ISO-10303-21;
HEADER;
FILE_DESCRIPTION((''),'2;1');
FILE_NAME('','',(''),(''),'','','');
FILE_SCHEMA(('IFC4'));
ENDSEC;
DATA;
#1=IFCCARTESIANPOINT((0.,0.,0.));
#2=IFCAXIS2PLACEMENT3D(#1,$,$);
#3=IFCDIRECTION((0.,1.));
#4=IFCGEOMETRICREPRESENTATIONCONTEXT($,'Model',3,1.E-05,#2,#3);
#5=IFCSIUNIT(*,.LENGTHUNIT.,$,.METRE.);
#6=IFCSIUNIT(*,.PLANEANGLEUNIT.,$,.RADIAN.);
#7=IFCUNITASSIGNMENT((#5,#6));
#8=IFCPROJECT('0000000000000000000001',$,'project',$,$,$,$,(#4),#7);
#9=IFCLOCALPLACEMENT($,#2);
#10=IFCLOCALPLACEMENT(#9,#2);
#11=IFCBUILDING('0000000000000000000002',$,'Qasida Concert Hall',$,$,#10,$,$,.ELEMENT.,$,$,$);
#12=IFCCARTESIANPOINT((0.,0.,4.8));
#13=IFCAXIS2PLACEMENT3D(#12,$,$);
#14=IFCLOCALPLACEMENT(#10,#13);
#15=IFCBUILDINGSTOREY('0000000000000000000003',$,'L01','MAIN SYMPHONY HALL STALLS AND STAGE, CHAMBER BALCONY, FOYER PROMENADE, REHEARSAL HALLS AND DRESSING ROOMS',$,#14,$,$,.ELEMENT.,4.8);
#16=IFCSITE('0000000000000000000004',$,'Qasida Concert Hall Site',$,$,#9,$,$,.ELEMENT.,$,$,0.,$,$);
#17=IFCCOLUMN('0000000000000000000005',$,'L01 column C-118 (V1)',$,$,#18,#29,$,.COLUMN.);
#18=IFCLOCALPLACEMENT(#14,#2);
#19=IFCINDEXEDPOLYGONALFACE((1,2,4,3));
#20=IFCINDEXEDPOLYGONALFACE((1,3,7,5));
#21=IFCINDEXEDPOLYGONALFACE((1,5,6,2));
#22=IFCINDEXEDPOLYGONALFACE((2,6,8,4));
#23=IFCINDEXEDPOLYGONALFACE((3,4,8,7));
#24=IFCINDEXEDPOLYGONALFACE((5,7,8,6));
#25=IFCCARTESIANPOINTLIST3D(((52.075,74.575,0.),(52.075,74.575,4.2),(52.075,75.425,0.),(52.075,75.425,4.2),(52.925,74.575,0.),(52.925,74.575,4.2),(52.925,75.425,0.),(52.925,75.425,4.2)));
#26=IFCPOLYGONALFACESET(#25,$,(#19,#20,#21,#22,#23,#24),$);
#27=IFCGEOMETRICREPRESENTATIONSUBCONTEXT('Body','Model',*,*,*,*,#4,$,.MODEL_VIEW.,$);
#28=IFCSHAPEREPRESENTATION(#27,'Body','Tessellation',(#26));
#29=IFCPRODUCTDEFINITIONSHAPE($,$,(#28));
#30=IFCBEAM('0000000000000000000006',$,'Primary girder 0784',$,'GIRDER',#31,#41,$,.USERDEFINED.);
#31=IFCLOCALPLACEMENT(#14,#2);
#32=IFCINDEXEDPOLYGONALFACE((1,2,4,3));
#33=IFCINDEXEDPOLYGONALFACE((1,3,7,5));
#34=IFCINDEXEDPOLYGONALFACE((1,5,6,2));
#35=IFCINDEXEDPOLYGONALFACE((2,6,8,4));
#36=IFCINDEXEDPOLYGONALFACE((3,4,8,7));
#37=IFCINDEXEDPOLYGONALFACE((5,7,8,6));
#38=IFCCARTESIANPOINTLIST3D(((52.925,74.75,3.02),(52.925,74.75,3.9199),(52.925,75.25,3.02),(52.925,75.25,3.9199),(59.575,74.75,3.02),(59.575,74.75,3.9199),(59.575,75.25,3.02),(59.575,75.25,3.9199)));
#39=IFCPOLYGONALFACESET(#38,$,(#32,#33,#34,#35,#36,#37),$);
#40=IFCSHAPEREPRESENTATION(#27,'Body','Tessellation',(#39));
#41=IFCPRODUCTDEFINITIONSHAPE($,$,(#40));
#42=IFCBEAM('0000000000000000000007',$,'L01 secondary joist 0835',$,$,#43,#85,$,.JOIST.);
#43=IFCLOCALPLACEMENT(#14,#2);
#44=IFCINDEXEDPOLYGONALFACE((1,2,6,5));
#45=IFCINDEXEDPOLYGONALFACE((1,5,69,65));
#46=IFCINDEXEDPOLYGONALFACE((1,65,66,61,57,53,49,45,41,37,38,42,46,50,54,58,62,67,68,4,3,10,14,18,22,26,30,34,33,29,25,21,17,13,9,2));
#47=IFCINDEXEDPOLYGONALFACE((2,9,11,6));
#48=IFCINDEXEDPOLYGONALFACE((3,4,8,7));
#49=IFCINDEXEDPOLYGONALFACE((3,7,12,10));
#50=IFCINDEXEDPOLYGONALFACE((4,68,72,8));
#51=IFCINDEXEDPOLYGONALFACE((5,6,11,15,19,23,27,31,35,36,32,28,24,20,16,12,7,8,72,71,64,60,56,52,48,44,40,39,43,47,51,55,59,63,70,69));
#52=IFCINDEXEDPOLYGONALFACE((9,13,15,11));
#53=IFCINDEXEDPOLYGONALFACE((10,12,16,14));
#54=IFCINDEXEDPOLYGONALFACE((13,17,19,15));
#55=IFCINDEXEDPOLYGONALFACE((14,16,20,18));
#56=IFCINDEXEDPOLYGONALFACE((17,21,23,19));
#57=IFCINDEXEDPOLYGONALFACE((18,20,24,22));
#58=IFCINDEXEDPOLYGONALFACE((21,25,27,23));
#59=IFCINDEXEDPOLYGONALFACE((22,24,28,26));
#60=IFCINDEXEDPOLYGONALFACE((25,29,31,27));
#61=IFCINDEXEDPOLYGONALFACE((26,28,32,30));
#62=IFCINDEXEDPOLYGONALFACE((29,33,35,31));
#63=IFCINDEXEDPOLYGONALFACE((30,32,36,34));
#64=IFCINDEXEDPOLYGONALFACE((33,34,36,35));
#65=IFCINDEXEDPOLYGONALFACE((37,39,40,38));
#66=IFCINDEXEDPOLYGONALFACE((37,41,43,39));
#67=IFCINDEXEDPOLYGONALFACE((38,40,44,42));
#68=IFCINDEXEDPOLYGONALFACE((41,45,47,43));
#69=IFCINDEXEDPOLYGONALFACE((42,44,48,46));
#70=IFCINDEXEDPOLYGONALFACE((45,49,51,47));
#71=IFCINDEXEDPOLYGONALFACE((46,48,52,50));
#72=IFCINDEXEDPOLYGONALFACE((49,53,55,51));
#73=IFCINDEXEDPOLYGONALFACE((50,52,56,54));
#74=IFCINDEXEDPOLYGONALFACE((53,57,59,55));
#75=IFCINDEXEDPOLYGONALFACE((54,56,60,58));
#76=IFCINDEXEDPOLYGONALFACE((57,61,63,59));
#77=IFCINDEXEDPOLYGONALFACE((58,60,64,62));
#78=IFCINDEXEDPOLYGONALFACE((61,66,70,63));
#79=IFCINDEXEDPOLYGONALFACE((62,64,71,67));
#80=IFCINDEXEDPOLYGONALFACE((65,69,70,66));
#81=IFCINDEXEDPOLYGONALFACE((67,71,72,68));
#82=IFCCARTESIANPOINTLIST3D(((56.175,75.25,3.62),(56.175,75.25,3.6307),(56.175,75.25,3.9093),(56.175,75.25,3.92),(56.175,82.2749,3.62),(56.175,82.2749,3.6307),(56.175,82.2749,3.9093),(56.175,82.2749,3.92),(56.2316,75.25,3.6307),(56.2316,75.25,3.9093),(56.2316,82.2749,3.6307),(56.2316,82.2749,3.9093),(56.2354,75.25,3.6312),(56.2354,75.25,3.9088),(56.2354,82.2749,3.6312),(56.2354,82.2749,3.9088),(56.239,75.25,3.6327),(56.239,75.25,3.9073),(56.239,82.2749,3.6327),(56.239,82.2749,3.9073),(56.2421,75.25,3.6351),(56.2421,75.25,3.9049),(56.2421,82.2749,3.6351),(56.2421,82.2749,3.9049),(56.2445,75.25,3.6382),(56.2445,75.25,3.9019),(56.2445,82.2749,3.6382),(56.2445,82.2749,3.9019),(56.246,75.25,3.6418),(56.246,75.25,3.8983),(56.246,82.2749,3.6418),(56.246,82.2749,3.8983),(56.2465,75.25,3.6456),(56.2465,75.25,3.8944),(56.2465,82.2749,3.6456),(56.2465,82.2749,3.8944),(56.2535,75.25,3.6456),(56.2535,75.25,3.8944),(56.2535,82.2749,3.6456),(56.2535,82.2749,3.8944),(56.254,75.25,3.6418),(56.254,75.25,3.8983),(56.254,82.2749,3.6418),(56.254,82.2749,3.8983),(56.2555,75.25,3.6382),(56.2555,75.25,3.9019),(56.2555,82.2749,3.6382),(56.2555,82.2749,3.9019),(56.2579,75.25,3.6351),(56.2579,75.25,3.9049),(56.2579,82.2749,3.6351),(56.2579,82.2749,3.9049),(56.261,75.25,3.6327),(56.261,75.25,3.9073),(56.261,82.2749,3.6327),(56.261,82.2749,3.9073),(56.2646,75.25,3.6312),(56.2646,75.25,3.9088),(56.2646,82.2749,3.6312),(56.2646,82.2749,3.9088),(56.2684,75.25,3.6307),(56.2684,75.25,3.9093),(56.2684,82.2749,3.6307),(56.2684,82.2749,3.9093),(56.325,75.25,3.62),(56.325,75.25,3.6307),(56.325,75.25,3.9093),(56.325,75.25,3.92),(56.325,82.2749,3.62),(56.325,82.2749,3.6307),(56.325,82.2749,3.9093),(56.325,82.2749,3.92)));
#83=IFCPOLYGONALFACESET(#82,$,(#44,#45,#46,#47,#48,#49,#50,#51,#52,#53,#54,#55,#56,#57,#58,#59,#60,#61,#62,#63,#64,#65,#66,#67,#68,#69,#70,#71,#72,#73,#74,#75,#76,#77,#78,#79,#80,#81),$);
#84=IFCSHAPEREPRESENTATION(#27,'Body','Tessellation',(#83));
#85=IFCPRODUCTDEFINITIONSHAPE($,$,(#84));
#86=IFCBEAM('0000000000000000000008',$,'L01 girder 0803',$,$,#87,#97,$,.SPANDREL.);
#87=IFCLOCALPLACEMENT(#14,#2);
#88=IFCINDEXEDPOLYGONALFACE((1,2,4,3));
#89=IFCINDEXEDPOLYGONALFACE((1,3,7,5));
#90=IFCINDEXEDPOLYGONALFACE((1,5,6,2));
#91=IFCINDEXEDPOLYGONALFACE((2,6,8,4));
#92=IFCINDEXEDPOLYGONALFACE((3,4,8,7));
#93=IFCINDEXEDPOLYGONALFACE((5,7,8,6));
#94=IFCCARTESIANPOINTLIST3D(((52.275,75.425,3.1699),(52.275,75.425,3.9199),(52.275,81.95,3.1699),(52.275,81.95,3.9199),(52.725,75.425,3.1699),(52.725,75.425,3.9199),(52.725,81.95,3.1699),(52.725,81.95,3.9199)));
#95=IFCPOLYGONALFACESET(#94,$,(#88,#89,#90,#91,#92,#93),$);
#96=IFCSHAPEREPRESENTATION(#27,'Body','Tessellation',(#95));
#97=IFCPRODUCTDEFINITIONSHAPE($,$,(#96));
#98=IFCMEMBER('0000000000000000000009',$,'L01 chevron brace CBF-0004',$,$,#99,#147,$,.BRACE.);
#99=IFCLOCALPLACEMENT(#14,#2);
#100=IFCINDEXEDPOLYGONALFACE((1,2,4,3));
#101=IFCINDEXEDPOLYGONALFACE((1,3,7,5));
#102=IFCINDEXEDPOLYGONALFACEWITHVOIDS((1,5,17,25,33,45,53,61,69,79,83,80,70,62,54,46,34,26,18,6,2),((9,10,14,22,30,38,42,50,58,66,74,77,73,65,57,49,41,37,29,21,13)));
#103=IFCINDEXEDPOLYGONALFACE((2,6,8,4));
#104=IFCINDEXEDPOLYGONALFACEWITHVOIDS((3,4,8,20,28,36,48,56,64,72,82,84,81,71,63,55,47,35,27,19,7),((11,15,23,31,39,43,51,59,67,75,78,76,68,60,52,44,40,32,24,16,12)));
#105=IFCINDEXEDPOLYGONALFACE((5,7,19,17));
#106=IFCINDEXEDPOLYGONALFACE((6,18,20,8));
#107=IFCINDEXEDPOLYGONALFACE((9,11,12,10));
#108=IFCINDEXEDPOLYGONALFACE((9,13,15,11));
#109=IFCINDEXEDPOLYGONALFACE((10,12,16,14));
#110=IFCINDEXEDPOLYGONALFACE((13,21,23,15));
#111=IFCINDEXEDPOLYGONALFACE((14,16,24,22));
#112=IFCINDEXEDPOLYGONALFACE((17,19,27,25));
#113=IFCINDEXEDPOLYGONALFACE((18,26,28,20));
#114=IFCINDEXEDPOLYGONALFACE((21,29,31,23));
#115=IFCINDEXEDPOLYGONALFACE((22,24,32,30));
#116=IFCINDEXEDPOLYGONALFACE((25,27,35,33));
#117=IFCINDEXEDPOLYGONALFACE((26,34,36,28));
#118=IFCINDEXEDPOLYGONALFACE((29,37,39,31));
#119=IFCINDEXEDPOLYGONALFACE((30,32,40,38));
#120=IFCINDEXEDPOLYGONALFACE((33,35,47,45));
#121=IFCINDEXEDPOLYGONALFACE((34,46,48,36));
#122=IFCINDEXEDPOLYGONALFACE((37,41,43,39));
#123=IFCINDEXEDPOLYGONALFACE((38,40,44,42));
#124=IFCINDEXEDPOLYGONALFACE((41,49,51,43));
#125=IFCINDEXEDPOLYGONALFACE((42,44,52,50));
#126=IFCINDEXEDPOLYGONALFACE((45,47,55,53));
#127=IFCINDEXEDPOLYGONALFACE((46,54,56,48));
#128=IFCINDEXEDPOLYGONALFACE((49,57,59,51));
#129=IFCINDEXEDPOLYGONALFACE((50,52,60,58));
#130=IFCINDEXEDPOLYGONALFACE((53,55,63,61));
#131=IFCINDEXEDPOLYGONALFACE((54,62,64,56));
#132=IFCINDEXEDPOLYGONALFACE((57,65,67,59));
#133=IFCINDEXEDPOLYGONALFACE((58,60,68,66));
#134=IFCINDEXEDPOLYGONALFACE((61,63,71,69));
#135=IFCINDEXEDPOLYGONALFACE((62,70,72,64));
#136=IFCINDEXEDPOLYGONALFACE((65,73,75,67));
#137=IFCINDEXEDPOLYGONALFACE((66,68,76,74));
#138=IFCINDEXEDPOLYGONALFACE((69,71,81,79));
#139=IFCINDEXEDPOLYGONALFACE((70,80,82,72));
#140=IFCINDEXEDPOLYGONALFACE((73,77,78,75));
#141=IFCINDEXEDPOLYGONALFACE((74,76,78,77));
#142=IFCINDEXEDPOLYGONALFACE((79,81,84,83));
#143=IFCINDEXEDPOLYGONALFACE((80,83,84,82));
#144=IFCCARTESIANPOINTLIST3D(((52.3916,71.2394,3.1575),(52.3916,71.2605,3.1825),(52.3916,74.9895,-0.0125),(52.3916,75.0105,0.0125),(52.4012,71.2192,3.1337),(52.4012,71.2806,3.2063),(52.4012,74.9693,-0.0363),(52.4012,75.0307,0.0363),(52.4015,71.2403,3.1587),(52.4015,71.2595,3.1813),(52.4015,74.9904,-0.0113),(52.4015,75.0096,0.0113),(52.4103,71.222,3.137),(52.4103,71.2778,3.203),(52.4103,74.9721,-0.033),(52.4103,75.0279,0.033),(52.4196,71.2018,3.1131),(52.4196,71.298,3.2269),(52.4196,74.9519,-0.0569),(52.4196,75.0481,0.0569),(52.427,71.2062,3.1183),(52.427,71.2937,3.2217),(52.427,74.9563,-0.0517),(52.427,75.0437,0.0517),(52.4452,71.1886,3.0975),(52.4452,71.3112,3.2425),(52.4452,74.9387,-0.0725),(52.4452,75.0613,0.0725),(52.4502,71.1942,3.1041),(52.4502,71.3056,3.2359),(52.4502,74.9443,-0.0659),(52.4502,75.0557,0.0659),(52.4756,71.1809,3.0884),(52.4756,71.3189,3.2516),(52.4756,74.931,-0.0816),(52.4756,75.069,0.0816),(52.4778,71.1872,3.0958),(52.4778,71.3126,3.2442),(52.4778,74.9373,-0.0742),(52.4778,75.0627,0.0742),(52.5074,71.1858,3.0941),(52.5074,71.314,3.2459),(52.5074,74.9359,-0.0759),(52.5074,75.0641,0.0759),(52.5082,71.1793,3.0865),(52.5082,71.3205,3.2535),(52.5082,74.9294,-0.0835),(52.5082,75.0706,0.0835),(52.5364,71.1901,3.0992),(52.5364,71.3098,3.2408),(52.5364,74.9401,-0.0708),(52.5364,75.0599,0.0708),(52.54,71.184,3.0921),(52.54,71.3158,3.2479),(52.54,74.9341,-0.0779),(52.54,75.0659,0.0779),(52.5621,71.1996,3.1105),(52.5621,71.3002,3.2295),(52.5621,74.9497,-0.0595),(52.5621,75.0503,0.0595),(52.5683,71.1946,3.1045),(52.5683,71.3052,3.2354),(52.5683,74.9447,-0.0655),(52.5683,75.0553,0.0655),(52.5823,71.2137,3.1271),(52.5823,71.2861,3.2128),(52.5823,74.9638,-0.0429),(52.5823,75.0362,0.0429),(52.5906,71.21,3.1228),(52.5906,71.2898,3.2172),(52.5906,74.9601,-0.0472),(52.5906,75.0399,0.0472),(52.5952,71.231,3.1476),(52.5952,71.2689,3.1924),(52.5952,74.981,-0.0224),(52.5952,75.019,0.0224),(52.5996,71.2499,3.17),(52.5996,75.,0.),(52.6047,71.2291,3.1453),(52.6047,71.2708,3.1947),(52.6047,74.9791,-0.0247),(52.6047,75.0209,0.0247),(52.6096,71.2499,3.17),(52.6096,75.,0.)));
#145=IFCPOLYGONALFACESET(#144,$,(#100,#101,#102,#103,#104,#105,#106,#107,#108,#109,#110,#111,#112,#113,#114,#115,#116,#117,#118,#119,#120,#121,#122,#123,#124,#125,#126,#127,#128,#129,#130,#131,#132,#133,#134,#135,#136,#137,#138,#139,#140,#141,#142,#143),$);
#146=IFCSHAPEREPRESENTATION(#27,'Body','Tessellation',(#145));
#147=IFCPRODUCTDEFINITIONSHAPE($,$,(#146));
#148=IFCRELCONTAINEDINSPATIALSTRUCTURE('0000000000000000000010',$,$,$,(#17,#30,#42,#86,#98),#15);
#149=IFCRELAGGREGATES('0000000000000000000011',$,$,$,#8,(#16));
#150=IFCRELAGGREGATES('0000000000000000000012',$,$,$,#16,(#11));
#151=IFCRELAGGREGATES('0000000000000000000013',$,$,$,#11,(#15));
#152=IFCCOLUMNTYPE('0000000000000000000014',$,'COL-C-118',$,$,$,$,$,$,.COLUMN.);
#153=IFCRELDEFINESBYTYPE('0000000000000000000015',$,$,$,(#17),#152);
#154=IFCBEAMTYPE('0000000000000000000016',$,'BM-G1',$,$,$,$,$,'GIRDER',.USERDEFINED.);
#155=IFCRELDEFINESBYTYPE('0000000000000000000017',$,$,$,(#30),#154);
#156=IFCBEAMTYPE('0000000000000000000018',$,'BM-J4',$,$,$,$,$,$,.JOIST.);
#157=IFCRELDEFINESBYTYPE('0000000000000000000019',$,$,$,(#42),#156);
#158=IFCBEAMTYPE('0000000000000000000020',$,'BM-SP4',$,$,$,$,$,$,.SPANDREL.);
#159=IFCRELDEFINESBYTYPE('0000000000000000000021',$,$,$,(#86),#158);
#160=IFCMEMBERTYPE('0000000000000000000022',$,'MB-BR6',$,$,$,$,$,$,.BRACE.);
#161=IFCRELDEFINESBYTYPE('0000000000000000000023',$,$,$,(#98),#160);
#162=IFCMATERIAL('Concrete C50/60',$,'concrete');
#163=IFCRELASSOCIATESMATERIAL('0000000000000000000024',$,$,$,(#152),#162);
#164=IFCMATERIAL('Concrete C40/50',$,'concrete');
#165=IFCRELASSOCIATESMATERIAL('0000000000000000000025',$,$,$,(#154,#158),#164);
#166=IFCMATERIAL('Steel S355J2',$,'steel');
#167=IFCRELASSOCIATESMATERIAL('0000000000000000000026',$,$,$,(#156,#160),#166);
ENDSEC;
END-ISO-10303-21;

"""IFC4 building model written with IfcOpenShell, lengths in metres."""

from ifc_helpers import new_model, si_unit, direction, frame, origin, origin_2d, place, context, subcontext, project, spatial, rectangle, hollow_circle, i_section, extrude, material, material_profile, profile_set, type_object, element, save


model = new_model("IFC4")

# Units and contexts
model_context = context("Model", 3, precision=1e-05, world=origin(), true_north=direction((0.0, 1.0)))
body_context = subcontext(model_context, "Body", "Model", "MODEL_VIEW")
ifc_project = project(units=[si_unit("LENGTHUNIT", "METRE"), si_unit("PLANEANGLEUNIT", "RADIAN")], contexts=[model_context])

# Site, building, storey
site_placement = place(None, origin())
site = spatial("IfcSite", under=ifc_project, at=site_placement, Name="Qasida Concert Hall Site", CompositionType="ELEMENT", RefElevation=0.0)
building_placement = place(site_placement, origin())
building = spatial("IfcBuilding", under=site, at=building_placement, Name="Qasida Concert Hall", CompositionType="ELEMENT")
storey_placement = place(building_placement, frame((0.0, 0.0, 4.8)))
storey = spatial("IfcBuildingStorey", under=building, at=storey_placement, Name="L01", Description="MAIN SYMPHONY HALL STALLS AND STAGE, CHAMBER BALCONY, FOYER PROMENADE, REHEARSAL HALLS AND DRESSING ROOMS", CompositionType="ELEMENT", Elevation=4.8)

# Column
ifc_material_1 = material(Name="Concrete C50/60", Category="concrete")
ifc_material_profile_1 = material_profile(ifc_material_1, rectangle(XDim=0.8501, YDim=0.8501, at=origin_2d()), Name="RC 850x850")
ifc_profile_set_1 = profile_set([ifc_material_profile_1], Name="Concrete C50/60")
column_type = type_object("IfcColumnType", Name="COL-C-118", PredefinedType="COLUMN", material=ifc_profile_set_1)
column_placement = place(storey_placement, frame((52.5, 75.0, 0.0), z_axis=(0.0, 0.0, 1.0), x_axis=(1.0, 0.0, 0.0)))
element("IfcColumn", 1, at=column_placement, inside=storey, type_object=column_type, Name="L01 column C-118 (V1)", PredefinedType="COLUMN", context=body_context, shape_type="SweptSolid", body=[
    extrude(rectangle(XDim=0.8501, YDim=0.8501, at=origin_2d()), origin(), (0.0, 0.0, 1.0), 4.2),
])

# Beams
ifc_material_2 = material(Name="Concrete C40/50", Category="concrete")
ifc_material_profile_2 = material_profile(ifc_material_2, rectangle(XDim=0.5, YDim=0.8999, at=origin_2d()), Name="RC 500x900")
ifc_profile_set_2 = profile_set([ifc_material_profile_2], Name="Concrete C40/50")
beam_type_1 = type_object("IfcBeamType", Name="BM-G1", ElementType="GIRDER", PredefinedType="USERDEFINED", material=ifc_profile_set_2)
beam_1_placement = place(storey_placement, frame((52.925, 75.0, 3.47), z_axis=(1.0, 0.0, 0.0), x_axis=(0.0, 1.0, 0.0)))
element("IfcBeam", 2, at=beam_1_placement, inside=storey, type_object=beam_type_1, Name="Primary girder 0784", ObjectType="GIRDER", PredefinedType="USERDEFINED", context=body_context, shape_type="SweptSolid", body=[
    extrude(rectangle(XDim=0.5, YDim=0.8999, at=origin_2d()), origin(), (0.0, 0.0, 1.0), 6.6499),
])
ifc_material_3 = material(Name="Steel S355J2", Category="steel")
ifc_material_profile_3 = material_profile(ifc_material_3, i_section(OverallWidth=0.1499, OverallDepth=0.3, WebThickness=0.0071, FlangeThickness=0.0107, FilletRadius=0.0149, at=origin_2d()), Name="IPE 300")
ifc_profile_set_3 = profile_set([ifc_material_profile_3], Name="Steel S355J2")
beam_type_2 = type_object("IfcBeamType", Name="BM-J4", PredefinedType="JOIST", material=ifc_profile_set_3)
beam_2_placement = place(storey_placement, frame((56.25, 75.25, 3.77), z_axis=(0.0, 1.0, 0.0), x_axis=(-1.0, 0.0, 0.0)))
element("IfcBeam", 3, at=beam_2_placement, inside=storey, type_object=beam_type_2, Name="L01 secondary joist 0835", PredefinedType="JOIST", context=body_context, shape_type="SweptSolid", body=[
    extrude(i_section(OverallWidth=0.1499, OverallDepth=0.3, WebThickness=0.0071, FlangeThickness=0.0107, FilletRadius=0.0149, at=origin_2d()), origin(), (0.0, 0.0, 1.0), 7.0249),
])
ifc_material_profile_4 = material_profile(ifc_material_2, rectangle(XDim=0.45, YDim=0.75, at=origin_2d()), Name="RC 450x750")
ifc_profile_set_4 = profile_set([ifc_material_profile_4], Name="Concrete C40/50")
beam_type_3 = type_object("IfcBeamType", Name="BM-SP4", PredefinedType="SPANDREL", material=ifc_profile_set_4)
beam_3_placement = place(storey_placement, frame((52.5, 75.425, 3.5449), z_axis=(0.0, 1.0, 0.0), x_axis=(-1.0, 0.0, 0.0)))
element("IfcBeam", 4, at=beam_3_placement, inside=storey, type_object=beam_type_3, Name="L01 girder 0803", PredefinedType="SPANDREL", context=body_context, shape_type="SweptSolid", body=[
    extrude(rectangle(XDim=0.45, YDim=0.75, at=origin_2d()), origin(), (0.0, 0.0, 1.0), 6.5249),
])

# Member
ifc_material_profile_5 = material_profile(ifc_material_3, hollow_circle(Radius=0.1096, WallThickness=0.01, at=origin_2d()), Name="CHS 219.1x10")
ifc_profile_set_5 = profile_set([ifc_material_profile_5], Name="Steel S355J2")
member_type_1 = type_object("IfcMemberType", Name="MB-BR6", PredefinedType="BRACE", material=ifc_profile_set_5)
member_1_placement = place(storey_placement, frame((52.5, 75.0, 0.0), z_axis=(0.0, -0.763703, 0.645568), x_axis=(1.0, 0.0, 0.0)))
element("IfcMember", 5, at=member_1_placement, inside=storey, type_object=member_type_1, Name="L01 chevron brace CBF-0004", PredefinedType="BRACE", context=body_context, shape_type="SweptSolid", body=[
    extrude(hollow_circle(Radius=0.1096, WallThickness=0.01, at=origin_2d()), origin(), (0.0, 0.0, 1.0), 4.9104),
])

save(model, "model.ifc")
